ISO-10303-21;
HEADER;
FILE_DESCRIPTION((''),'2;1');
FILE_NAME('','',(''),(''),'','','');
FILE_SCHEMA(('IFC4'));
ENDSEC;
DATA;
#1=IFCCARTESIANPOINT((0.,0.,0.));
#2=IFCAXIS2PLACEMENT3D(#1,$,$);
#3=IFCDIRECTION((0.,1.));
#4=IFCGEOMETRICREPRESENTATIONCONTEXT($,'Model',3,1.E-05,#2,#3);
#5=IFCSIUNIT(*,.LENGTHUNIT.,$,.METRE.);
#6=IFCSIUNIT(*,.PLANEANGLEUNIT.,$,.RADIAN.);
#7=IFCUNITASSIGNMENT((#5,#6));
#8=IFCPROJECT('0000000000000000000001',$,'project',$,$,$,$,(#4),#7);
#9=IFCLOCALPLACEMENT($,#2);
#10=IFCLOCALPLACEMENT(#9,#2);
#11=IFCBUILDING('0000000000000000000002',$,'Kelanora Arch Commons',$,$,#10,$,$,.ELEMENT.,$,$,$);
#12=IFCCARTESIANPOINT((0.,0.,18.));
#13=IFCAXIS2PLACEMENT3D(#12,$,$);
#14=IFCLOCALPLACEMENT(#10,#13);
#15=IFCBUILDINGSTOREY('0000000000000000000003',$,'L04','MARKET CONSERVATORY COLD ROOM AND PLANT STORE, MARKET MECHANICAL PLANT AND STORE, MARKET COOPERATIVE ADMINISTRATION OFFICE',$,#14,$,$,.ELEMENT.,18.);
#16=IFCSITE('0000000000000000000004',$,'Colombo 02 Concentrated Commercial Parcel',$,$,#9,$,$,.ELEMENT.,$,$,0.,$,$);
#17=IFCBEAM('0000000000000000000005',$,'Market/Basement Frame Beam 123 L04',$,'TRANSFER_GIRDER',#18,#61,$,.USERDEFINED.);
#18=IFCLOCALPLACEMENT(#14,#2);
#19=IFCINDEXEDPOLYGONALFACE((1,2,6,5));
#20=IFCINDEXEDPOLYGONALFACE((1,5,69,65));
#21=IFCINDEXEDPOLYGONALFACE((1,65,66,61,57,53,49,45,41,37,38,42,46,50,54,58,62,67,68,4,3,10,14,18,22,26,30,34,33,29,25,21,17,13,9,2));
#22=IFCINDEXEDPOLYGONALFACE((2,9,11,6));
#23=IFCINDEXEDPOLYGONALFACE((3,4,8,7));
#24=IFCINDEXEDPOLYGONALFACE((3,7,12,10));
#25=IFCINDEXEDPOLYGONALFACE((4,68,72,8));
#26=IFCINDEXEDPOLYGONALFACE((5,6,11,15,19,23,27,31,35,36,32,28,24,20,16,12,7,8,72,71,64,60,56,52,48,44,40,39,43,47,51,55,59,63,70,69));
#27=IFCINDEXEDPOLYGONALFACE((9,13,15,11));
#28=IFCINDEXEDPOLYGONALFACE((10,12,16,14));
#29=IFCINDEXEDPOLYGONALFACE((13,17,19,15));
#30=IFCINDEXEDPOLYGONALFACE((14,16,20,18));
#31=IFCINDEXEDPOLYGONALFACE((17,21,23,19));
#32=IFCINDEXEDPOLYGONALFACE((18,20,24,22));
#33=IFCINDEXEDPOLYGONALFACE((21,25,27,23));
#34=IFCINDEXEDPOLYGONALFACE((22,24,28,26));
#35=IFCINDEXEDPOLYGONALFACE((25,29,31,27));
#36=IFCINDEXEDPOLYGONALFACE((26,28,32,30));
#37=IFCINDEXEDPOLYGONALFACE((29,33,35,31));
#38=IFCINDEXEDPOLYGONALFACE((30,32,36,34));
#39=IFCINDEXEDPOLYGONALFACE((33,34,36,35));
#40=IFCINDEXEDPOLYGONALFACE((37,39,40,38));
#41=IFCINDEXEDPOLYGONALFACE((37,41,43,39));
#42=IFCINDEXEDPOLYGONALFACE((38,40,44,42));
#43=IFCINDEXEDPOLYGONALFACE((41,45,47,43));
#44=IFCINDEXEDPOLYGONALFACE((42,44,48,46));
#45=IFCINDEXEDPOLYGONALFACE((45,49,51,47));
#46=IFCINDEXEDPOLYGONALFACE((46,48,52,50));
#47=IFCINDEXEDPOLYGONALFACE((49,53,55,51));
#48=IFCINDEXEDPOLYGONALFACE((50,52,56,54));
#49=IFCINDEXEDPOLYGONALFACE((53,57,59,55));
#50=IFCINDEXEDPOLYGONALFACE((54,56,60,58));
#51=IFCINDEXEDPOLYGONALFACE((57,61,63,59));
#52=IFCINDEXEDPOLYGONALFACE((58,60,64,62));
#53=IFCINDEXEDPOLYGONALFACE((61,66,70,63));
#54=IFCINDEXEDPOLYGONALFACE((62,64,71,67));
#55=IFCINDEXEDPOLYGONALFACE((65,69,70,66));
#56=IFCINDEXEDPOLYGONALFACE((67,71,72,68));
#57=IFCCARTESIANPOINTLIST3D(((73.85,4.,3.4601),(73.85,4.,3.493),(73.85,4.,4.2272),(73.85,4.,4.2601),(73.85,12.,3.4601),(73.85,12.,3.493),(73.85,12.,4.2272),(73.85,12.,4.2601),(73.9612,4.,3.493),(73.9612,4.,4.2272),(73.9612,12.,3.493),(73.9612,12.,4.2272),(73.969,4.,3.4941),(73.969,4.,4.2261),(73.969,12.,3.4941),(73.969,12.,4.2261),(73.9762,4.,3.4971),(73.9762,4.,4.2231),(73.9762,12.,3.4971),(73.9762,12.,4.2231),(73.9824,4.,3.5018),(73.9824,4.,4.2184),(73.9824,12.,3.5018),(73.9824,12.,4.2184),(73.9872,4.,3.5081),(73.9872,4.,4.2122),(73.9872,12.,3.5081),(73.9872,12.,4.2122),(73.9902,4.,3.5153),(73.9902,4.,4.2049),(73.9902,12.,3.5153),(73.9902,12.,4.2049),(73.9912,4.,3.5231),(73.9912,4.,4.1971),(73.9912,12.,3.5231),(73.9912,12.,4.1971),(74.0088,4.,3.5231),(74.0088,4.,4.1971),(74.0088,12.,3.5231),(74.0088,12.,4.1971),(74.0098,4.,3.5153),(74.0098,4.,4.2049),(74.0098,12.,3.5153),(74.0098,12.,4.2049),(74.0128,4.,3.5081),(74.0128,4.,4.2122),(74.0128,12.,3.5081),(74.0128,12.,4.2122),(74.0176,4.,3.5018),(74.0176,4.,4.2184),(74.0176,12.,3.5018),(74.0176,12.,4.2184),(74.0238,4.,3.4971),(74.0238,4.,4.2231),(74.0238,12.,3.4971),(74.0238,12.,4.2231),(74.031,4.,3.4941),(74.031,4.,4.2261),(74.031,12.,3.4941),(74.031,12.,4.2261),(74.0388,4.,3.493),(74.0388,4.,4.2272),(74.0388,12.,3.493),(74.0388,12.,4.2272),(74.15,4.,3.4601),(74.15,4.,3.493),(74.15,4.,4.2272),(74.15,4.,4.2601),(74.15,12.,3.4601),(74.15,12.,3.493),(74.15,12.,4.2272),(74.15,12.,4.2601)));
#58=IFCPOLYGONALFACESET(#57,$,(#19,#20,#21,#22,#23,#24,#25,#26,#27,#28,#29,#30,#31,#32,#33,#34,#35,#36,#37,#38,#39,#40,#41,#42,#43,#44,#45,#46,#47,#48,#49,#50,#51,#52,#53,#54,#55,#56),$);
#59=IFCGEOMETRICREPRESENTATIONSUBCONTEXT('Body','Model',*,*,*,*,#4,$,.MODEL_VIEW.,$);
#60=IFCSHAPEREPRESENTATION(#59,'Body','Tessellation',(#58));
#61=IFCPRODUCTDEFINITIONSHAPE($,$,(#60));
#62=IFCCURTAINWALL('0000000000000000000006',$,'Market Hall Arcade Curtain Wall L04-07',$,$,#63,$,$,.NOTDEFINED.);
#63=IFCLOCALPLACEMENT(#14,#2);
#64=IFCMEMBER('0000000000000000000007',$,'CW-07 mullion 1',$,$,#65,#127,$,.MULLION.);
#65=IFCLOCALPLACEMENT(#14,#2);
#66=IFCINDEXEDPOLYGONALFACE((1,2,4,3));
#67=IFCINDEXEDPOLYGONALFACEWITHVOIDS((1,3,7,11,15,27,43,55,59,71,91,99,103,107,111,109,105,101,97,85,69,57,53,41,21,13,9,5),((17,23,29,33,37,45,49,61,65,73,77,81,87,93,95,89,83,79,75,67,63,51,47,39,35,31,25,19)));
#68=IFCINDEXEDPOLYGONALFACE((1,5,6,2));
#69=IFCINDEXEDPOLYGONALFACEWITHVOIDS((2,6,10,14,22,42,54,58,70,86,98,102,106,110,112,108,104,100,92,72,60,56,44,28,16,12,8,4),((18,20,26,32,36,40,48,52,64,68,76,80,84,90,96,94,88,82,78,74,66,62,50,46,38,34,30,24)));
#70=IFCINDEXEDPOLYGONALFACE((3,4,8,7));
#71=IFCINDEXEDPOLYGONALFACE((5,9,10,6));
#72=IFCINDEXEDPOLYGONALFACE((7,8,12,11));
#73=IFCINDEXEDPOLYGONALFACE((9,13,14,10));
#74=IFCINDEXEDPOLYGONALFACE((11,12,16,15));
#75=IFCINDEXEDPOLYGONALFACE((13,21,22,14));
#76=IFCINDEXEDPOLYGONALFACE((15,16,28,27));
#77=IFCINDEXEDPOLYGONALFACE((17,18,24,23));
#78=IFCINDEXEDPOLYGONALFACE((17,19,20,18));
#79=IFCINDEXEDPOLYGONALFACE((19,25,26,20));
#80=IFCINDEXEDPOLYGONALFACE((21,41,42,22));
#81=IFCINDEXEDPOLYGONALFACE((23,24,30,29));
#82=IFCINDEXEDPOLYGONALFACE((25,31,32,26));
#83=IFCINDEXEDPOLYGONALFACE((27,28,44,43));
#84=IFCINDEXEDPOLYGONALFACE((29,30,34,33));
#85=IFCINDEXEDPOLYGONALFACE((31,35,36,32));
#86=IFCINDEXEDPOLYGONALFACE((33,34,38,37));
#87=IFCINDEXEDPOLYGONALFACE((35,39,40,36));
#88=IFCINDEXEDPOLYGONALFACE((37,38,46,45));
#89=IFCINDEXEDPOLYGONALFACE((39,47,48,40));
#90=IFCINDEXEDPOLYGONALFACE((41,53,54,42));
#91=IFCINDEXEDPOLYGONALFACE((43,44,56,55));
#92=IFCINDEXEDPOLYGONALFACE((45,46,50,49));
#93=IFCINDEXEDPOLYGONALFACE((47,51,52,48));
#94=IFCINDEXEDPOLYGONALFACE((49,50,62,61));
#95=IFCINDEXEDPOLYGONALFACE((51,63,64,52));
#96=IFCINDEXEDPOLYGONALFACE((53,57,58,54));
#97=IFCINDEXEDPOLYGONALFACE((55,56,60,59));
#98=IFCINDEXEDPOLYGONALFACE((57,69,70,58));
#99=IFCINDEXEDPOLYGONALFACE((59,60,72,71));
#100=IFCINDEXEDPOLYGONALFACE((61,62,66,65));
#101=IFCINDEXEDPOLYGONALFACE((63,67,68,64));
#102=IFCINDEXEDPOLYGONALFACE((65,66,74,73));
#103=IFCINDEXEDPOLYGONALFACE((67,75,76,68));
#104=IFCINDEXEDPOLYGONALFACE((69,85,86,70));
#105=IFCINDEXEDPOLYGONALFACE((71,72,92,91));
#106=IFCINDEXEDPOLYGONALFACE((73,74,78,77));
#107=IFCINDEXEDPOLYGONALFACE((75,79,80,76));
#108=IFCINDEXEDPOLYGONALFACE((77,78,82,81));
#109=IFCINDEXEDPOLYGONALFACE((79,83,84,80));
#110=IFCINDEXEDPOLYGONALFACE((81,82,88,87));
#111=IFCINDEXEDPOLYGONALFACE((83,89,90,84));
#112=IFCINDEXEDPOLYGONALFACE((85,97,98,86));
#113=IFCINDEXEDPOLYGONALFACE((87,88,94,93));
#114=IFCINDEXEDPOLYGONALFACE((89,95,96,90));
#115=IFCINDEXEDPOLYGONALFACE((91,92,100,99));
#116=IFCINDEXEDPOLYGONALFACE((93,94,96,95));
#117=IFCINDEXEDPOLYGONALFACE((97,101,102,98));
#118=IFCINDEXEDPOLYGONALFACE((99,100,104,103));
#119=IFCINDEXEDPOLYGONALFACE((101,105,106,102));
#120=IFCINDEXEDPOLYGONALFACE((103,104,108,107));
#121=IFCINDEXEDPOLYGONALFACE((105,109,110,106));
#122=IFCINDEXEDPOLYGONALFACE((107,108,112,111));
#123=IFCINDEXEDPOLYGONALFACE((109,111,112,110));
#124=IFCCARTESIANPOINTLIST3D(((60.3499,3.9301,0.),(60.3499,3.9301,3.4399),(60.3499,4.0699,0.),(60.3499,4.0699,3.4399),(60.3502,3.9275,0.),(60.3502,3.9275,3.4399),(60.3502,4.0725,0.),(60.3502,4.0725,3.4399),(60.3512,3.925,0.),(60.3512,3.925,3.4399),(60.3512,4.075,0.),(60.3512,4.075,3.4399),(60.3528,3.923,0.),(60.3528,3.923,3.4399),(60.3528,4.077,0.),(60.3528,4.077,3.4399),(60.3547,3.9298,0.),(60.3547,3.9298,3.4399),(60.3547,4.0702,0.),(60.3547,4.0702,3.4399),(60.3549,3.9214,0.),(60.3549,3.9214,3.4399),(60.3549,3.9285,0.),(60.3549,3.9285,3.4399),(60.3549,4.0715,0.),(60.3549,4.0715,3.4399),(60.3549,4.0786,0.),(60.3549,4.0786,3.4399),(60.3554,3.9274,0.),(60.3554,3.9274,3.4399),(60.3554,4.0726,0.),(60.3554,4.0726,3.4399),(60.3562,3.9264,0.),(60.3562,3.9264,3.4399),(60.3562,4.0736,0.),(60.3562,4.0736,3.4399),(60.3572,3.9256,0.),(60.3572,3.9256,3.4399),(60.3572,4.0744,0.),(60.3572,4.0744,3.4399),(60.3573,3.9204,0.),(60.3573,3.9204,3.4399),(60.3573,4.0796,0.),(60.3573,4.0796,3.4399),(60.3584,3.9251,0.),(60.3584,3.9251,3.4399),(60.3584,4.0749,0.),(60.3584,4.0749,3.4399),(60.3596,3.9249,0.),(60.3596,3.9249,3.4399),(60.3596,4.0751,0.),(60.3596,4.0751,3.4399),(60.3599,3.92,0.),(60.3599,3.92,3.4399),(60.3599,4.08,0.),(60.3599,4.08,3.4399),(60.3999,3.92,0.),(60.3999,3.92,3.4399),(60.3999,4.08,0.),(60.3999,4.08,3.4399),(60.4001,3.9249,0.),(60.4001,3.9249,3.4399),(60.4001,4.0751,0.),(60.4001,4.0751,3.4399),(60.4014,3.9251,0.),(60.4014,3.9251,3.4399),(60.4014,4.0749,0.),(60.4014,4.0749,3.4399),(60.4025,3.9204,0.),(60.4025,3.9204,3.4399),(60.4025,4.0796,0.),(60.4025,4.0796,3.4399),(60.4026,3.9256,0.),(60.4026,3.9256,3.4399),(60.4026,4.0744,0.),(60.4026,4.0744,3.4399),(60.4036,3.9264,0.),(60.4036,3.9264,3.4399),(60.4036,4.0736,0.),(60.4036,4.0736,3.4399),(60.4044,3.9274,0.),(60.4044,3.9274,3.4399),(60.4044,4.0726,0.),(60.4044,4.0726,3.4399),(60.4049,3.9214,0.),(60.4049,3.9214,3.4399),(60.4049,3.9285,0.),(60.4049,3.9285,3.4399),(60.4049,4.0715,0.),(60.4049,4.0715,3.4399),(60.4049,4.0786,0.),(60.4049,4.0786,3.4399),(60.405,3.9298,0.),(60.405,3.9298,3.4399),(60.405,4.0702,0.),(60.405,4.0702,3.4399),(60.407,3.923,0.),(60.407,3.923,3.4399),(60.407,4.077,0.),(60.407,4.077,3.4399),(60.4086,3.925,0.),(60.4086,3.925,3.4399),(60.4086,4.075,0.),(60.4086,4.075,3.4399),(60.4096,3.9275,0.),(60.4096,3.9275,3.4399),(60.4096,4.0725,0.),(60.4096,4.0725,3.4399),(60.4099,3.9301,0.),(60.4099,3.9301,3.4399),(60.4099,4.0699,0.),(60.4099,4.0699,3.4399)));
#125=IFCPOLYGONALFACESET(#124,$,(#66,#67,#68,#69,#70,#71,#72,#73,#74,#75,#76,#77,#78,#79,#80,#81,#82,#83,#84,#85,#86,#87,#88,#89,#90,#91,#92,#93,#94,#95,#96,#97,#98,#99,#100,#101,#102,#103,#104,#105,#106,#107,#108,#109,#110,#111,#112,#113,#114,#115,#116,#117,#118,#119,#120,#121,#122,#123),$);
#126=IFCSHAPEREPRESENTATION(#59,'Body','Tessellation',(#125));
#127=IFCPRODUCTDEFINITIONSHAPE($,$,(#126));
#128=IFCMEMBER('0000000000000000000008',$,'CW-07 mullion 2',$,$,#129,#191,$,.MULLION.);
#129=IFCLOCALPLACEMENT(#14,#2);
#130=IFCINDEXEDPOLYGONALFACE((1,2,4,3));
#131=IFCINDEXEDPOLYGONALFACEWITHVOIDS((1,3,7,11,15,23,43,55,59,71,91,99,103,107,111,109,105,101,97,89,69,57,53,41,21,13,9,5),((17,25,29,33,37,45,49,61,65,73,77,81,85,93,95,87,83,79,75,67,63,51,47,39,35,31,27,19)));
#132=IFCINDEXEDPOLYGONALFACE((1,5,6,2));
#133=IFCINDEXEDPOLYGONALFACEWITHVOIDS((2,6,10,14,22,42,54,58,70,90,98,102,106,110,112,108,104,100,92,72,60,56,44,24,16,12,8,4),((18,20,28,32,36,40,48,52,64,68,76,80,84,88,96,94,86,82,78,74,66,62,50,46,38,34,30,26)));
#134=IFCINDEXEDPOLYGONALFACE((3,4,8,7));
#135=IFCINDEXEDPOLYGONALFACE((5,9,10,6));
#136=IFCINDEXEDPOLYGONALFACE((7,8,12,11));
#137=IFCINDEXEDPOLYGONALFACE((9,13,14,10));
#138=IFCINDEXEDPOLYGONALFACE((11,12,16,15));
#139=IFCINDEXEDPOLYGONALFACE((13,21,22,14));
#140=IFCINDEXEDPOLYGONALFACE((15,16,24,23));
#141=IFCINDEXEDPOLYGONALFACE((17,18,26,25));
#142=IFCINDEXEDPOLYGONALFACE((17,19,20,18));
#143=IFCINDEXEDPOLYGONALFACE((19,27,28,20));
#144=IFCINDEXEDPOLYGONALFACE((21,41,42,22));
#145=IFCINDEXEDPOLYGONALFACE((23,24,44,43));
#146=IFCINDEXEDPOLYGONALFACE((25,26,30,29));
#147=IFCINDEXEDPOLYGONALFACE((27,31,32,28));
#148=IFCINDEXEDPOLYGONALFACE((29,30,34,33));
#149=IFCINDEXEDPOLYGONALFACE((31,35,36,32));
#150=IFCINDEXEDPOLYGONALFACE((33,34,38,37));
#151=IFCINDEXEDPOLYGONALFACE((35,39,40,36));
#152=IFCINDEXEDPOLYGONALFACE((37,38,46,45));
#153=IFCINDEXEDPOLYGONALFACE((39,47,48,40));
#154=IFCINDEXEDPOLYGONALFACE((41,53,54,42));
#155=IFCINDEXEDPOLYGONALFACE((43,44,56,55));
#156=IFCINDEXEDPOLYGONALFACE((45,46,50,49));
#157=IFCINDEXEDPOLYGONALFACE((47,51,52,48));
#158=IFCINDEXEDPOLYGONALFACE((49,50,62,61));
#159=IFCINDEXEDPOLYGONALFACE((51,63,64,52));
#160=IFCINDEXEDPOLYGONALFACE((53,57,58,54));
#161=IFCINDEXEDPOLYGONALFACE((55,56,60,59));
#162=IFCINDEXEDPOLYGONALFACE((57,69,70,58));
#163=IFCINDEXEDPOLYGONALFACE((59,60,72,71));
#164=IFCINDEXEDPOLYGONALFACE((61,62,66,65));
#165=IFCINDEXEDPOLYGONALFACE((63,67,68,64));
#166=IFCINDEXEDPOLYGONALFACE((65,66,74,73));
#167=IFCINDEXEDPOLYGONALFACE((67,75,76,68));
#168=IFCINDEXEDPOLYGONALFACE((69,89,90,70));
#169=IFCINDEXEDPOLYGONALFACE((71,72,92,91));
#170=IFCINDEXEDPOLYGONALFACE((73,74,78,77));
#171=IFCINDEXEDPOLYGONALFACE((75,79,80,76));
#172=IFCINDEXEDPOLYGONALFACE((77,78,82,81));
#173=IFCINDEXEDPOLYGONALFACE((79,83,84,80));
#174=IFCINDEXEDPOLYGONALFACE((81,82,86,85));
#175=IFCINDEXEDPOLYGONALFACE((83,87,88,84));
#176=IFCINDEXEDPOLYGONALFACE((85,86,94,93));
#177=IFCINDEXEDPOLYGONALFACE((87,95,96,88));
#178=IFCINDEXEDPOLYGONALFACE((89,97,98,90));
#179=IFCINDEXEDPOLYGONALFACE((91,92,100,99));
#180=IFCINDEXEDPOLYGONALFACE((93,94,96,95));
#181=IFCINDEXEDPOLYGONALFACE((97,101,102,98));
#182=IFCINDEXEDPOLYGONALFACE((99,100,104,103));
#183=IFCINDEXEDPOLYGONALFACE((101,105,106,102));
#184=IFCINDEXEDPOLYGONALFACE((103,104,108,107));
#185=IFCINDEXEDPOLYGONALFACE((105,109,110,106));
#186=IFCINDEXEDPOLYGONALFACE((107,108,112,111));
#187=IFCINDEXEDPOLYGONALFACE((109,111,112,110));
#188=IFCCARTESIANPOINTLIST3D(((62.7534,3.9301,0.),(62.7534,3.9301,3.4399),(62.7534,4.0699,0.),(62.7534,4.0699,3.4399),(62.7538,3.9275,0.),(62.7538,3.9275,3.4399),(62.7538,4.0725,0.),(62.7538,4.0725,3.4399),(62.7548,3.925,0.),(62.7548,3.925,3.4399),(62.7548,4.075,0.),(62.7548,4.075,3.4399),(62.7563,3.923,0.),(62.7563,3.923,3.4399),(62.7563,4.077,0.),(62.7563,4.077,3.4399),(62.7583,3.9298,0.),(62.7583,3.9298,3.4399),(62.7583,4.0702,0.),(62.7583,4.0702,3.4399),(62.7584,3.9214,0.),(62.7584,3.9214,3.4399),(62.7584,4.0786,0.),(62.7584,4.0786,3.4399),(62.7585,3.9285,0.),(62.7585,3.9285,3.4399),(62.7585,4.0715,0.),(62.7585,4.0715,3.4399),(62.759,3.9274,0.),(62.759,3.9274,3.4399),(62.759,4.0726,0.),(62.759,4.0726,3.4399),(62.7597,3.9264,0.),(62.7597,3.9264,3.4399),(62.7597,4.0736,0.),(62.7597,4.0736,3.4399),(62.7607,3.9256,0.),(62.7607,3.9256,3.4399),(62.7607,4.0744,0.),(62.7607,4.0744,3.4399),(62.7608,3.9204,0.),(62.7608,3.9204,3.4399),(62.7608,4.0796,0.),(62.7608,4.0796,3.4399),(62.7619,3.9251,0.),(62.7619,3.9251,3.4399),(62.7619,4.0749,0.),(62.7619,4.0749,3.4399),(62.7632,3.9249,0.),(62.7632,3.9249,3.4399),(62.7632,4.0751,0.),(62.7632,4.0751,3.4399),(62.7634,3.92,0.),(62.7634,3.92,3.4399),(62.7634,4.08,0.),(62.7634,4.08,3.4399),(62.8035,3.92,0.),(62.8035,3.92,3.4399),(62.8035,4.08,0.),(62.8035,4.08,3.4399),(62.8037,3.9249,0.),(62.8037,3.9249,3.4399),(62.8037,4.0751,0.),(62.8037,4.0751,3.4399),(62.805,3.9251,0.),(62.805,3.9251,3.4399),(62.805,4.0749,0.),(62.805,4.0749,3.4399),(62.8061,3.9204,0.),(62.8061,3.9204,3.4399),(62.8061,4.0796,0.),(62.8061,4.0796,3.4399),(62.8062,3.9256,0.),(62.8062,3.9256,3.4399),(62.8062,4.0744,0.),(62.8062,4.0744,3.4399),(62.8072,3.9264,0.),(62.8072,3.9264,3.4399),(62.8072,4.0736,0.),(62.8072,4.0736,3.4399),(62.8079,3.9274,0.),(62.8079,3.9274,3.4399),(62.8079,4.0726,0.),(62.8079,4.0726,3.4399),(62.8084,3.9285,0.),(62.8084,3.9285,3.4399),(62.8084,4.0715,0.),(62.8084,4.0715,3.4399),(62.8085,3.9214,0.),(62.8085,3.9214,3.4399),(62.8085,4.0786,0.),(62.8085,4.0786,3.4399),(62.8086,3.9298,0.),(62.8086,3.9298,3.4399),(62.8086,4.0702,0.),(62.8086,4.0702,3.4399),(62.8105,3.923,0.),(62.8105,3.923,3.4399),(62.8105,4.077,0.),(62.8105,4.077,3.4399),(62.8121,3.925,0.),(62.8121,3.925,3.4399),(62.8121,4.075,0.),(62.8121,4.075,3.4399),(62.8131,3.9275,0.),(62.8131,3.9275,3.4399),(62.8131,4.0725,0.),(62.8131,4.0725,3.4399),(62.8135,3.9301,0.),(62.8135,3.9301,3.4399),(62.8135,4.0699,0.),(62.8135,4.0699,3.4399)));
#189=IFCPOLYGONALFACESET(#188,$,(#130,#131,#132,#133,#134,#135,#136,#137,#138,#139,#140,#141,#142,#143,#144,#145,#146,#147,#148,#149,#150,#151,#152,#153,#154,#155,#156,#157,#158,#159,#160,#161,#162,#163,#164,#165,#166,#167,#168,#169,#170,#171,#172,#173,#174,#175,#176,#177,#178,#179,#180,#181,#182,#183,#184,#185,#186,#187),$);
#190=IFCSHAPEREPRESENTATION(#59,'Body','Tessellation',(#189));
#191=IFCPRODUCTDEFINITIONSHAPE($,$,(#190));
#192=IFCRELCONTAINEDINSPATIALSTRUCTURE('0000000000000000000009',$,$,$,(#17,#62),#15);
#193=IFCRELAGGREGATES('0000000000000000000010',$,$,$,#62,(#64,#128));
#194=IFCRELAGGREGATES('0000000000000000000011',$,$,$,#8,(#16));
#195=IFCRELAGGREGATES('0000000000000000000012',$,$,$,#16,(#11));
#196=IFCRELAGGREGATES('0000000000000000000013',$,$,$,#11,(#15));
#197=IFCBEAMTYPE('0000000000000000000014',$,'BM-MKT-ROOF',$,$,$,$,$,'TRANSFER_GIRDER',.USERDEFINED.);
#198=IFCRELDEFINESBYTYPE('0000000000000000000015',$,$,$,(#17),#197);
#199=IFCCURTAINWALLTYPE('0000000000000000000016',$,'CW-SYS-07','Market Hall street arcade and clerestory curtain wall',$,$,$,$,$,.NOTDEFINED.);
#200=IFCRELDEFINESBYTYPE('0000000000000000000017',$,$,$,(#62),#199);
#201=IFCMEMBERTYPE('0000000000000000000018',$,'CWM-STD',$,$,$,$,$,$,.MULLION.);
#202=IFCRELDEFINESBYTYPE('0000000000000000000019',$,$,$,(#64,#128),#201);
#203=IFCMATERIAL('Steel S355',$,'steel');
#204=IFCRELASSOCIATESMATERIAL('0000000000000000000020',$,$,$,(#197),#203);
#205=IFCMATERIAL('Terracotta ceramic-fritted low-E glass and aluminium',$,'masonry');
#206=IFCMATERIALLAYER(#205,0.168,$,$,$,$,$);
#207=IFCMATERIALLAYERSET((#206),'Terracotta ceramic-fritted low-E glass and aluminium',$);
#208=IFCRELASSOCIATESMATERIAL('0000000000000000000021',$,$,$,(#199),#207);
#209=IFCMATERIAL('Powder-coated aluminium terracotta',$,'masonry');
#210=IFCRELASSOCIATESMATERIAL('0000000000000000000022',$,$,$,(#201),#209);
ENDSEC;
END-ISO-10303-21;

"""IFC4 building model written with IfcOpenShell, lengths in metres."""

from ifc_helpers import new_model, si_unit, direction, frame, origin, origin_2d, place, context, subcontext, project, spatial, hollow_rectangle, i_section, extrude, material, layer, layer_set, material_profile, profile_set, type_object, element, aggregate, save


model = new_model("IFC4")

# Units and contexts
model_context = context("Model", 3, precision=1e-05, world=origin(), true_north=direction((0.0, 1.0)))
body_context = subcontext(model_context, "Body", "Model", "MODEL_VIEW")
ifc_project = project(units=[si_unit("LENGTHUNIT", "METRE"), si_unit("PLANEANGLEUNIT", "RADIAN")], contexts=[model_context])

# Site, building, storey
site_placement = place(None, origin())
site = spatial("IfcSite", under=ifc_project, at=site_placement, Name="Colombo 02 Concentrated Commercial Parcel", CompositionType="ELEMENT", RefElevation=0.0)
building_placement = place(site_placement, origin())
building = spatial("IfcBuilding", under=site, at=building_placement, Name="Kelanora Arch Commons", CompositionType="ELEMENT")
storey_placement = place(building_placement, frame((0.0, 0.0, 18.0)))
storey = spatial("IfcBuildingStorey", under=building, at=storey_placement, Name="L04", Description="MARKET CONSERVATORY COLD ROOM AND PLANT STORE, MARKET MECHANICAL PLANT AND STORE, MARKET COOPERATIVE ADMINISTRATION OFFICE", CompositionType="ELEMENT", Elevation=18.0)

# Beam
ifc_material_1 = material(Name="Steel S355", Category="steel")
ifc_material_profile_1 = material_profile(ifc_material_1, i_section(OverallWidth=0.3, OverallDepth=0.8, WebThickness=0.0176, FlangeThickness=0.033, FilletRadius=0.03, at=origin_2d()), Name="HEB800")
ifc_profile_set_1 = profile_set([ifc_material_profile_1], Name="Steel S355")
beam_type = type_object("IfcBeamType", Name="BM-MKT-ROOF", ElementType="TRANSFER_GIRDER", PredefinedType="USERDEFINED", material=ifc_profile_set_1)
beam_1_placement = place(storey_placement, frame((74.0, 4.0, 3.8601), z_axis=(0.0, 1.0, 0.0), x_axis=(-1.0, 0.0, 0.0)))
element("IfcBeam", 1, at=beam_1_placement, inside=storey, type_object=beam_type, Name="Market/Basement Frame Beam 123 L04", ObjectType="TRANSFER_GIRDER", PredefinedType="USERDEFINED", context=body_context, shape_type="SweptSolid", body=[
    extrude(i_section(OverallWidth=0.3, OverallDepth=0.8, WebThickness=0.0176, FlangeThickness=0.033, FilletRadius=0.03, at=origin_2d()), origin(), (0.0, 0.0, 1.0), 8.0),
])

# Curtain wall, members
ifc_material_2 = material(Name="Terracotta ceramic-fritted low-E glass and aluminium", Category="masonry")
ifc_layer_1 = layer(ifc_material_2, 0.168)
ifc_layer_set_1 = layer_set([ifc_layer_1], Name="Terracotta ceramic-fritted low-E glass and aluminium")
curtain_wall_type = type_object("IfcCurtainWallType", Name="CW-SYS-07", Description="Market Hall street arcade and clerestory curtain wall", PredefinedType="NOTDEFINED", material=ifc_layer_set_1)
curtain_wall_placement = place(storey_placement, origin())
curtain_wall = element("IfcCurtainWall", 2, at=curtain_wall_placement, inside=storey, type_object=curtain_wall_type, Name="Market Hall Arcade Curtain Wall L04-07", PredefinedType="NOTDEFINED")
ifc_material_3 = material(Name="Powder-coated aluminium terracotta", Category="masonry")
ifc_material_profile_2 = material_profile(ifc_material_3, hollow_rectangle(XDim=0.1599, YDim=0.0601, WallThickness=0.0049, InnerFilletRadius=0.0049, OuterFilletRadius=0.01, at=origin_2d()), Name="CWM160x60")
ifc_profile_set_2 = profile_set([ifc_material_profile_2], Name="Powder-coated aluminium terracotta")
member_type_1 = type_object("IfcMemberType", Name="CWM-STD", PredefinedType="MULLION", material=ifc_profile_set_2)
member_1_placement = place(storey_placement, frame((60.3799, 4.0, 0.0), z_axis=(0.0, 0.0, 1.0), x_axis=(0.0, 1.0, 0.0)))
member_1 = element("IfcMember", 3, at=member_1_placement, type_object=member_type_1, Name="CW-07 mullion 1", PredefinedType="MULLION", context=body_context, shape_type="SweptSolid", body=[
    extrude(hollow_rectangle(XDim=0.1599, YDim=0.0601, WallThickness=0.0049, InnerFilletRadius=0.0049, OuterFilletRadius=0.01, at=origin_2d()), origin(), (0.0, 0.0, 1.0), 3.4399),
])
member_2_placement = place(storey_placement, frame((62.7834, 4.0, 0.0), z_axis=(0.0, 0.0, 1.0), x_axis=(0.0, 1.0, 0.0)))
member_2 = element("IfcMember", 4, at=member_2_placement, type_object=member_type_1, Name="CW-07 mullion 2", PredefinedType="MULLION", context=body_context, shape_type="SweptSolid", body=[
    extrude(hollow_rectangle(XDim=0.1599, YDim=0.0601, WallThickness=0.0049, InnerFilletRadius=0.0049, OuterFilletRadius=0.01, at=origin_2d()), origin(), (0.0, 0.0, 1.0), 3.4399),
])
aggregate(curtain_wall, [member_1, member_2])

save(model, "model.ifc")
